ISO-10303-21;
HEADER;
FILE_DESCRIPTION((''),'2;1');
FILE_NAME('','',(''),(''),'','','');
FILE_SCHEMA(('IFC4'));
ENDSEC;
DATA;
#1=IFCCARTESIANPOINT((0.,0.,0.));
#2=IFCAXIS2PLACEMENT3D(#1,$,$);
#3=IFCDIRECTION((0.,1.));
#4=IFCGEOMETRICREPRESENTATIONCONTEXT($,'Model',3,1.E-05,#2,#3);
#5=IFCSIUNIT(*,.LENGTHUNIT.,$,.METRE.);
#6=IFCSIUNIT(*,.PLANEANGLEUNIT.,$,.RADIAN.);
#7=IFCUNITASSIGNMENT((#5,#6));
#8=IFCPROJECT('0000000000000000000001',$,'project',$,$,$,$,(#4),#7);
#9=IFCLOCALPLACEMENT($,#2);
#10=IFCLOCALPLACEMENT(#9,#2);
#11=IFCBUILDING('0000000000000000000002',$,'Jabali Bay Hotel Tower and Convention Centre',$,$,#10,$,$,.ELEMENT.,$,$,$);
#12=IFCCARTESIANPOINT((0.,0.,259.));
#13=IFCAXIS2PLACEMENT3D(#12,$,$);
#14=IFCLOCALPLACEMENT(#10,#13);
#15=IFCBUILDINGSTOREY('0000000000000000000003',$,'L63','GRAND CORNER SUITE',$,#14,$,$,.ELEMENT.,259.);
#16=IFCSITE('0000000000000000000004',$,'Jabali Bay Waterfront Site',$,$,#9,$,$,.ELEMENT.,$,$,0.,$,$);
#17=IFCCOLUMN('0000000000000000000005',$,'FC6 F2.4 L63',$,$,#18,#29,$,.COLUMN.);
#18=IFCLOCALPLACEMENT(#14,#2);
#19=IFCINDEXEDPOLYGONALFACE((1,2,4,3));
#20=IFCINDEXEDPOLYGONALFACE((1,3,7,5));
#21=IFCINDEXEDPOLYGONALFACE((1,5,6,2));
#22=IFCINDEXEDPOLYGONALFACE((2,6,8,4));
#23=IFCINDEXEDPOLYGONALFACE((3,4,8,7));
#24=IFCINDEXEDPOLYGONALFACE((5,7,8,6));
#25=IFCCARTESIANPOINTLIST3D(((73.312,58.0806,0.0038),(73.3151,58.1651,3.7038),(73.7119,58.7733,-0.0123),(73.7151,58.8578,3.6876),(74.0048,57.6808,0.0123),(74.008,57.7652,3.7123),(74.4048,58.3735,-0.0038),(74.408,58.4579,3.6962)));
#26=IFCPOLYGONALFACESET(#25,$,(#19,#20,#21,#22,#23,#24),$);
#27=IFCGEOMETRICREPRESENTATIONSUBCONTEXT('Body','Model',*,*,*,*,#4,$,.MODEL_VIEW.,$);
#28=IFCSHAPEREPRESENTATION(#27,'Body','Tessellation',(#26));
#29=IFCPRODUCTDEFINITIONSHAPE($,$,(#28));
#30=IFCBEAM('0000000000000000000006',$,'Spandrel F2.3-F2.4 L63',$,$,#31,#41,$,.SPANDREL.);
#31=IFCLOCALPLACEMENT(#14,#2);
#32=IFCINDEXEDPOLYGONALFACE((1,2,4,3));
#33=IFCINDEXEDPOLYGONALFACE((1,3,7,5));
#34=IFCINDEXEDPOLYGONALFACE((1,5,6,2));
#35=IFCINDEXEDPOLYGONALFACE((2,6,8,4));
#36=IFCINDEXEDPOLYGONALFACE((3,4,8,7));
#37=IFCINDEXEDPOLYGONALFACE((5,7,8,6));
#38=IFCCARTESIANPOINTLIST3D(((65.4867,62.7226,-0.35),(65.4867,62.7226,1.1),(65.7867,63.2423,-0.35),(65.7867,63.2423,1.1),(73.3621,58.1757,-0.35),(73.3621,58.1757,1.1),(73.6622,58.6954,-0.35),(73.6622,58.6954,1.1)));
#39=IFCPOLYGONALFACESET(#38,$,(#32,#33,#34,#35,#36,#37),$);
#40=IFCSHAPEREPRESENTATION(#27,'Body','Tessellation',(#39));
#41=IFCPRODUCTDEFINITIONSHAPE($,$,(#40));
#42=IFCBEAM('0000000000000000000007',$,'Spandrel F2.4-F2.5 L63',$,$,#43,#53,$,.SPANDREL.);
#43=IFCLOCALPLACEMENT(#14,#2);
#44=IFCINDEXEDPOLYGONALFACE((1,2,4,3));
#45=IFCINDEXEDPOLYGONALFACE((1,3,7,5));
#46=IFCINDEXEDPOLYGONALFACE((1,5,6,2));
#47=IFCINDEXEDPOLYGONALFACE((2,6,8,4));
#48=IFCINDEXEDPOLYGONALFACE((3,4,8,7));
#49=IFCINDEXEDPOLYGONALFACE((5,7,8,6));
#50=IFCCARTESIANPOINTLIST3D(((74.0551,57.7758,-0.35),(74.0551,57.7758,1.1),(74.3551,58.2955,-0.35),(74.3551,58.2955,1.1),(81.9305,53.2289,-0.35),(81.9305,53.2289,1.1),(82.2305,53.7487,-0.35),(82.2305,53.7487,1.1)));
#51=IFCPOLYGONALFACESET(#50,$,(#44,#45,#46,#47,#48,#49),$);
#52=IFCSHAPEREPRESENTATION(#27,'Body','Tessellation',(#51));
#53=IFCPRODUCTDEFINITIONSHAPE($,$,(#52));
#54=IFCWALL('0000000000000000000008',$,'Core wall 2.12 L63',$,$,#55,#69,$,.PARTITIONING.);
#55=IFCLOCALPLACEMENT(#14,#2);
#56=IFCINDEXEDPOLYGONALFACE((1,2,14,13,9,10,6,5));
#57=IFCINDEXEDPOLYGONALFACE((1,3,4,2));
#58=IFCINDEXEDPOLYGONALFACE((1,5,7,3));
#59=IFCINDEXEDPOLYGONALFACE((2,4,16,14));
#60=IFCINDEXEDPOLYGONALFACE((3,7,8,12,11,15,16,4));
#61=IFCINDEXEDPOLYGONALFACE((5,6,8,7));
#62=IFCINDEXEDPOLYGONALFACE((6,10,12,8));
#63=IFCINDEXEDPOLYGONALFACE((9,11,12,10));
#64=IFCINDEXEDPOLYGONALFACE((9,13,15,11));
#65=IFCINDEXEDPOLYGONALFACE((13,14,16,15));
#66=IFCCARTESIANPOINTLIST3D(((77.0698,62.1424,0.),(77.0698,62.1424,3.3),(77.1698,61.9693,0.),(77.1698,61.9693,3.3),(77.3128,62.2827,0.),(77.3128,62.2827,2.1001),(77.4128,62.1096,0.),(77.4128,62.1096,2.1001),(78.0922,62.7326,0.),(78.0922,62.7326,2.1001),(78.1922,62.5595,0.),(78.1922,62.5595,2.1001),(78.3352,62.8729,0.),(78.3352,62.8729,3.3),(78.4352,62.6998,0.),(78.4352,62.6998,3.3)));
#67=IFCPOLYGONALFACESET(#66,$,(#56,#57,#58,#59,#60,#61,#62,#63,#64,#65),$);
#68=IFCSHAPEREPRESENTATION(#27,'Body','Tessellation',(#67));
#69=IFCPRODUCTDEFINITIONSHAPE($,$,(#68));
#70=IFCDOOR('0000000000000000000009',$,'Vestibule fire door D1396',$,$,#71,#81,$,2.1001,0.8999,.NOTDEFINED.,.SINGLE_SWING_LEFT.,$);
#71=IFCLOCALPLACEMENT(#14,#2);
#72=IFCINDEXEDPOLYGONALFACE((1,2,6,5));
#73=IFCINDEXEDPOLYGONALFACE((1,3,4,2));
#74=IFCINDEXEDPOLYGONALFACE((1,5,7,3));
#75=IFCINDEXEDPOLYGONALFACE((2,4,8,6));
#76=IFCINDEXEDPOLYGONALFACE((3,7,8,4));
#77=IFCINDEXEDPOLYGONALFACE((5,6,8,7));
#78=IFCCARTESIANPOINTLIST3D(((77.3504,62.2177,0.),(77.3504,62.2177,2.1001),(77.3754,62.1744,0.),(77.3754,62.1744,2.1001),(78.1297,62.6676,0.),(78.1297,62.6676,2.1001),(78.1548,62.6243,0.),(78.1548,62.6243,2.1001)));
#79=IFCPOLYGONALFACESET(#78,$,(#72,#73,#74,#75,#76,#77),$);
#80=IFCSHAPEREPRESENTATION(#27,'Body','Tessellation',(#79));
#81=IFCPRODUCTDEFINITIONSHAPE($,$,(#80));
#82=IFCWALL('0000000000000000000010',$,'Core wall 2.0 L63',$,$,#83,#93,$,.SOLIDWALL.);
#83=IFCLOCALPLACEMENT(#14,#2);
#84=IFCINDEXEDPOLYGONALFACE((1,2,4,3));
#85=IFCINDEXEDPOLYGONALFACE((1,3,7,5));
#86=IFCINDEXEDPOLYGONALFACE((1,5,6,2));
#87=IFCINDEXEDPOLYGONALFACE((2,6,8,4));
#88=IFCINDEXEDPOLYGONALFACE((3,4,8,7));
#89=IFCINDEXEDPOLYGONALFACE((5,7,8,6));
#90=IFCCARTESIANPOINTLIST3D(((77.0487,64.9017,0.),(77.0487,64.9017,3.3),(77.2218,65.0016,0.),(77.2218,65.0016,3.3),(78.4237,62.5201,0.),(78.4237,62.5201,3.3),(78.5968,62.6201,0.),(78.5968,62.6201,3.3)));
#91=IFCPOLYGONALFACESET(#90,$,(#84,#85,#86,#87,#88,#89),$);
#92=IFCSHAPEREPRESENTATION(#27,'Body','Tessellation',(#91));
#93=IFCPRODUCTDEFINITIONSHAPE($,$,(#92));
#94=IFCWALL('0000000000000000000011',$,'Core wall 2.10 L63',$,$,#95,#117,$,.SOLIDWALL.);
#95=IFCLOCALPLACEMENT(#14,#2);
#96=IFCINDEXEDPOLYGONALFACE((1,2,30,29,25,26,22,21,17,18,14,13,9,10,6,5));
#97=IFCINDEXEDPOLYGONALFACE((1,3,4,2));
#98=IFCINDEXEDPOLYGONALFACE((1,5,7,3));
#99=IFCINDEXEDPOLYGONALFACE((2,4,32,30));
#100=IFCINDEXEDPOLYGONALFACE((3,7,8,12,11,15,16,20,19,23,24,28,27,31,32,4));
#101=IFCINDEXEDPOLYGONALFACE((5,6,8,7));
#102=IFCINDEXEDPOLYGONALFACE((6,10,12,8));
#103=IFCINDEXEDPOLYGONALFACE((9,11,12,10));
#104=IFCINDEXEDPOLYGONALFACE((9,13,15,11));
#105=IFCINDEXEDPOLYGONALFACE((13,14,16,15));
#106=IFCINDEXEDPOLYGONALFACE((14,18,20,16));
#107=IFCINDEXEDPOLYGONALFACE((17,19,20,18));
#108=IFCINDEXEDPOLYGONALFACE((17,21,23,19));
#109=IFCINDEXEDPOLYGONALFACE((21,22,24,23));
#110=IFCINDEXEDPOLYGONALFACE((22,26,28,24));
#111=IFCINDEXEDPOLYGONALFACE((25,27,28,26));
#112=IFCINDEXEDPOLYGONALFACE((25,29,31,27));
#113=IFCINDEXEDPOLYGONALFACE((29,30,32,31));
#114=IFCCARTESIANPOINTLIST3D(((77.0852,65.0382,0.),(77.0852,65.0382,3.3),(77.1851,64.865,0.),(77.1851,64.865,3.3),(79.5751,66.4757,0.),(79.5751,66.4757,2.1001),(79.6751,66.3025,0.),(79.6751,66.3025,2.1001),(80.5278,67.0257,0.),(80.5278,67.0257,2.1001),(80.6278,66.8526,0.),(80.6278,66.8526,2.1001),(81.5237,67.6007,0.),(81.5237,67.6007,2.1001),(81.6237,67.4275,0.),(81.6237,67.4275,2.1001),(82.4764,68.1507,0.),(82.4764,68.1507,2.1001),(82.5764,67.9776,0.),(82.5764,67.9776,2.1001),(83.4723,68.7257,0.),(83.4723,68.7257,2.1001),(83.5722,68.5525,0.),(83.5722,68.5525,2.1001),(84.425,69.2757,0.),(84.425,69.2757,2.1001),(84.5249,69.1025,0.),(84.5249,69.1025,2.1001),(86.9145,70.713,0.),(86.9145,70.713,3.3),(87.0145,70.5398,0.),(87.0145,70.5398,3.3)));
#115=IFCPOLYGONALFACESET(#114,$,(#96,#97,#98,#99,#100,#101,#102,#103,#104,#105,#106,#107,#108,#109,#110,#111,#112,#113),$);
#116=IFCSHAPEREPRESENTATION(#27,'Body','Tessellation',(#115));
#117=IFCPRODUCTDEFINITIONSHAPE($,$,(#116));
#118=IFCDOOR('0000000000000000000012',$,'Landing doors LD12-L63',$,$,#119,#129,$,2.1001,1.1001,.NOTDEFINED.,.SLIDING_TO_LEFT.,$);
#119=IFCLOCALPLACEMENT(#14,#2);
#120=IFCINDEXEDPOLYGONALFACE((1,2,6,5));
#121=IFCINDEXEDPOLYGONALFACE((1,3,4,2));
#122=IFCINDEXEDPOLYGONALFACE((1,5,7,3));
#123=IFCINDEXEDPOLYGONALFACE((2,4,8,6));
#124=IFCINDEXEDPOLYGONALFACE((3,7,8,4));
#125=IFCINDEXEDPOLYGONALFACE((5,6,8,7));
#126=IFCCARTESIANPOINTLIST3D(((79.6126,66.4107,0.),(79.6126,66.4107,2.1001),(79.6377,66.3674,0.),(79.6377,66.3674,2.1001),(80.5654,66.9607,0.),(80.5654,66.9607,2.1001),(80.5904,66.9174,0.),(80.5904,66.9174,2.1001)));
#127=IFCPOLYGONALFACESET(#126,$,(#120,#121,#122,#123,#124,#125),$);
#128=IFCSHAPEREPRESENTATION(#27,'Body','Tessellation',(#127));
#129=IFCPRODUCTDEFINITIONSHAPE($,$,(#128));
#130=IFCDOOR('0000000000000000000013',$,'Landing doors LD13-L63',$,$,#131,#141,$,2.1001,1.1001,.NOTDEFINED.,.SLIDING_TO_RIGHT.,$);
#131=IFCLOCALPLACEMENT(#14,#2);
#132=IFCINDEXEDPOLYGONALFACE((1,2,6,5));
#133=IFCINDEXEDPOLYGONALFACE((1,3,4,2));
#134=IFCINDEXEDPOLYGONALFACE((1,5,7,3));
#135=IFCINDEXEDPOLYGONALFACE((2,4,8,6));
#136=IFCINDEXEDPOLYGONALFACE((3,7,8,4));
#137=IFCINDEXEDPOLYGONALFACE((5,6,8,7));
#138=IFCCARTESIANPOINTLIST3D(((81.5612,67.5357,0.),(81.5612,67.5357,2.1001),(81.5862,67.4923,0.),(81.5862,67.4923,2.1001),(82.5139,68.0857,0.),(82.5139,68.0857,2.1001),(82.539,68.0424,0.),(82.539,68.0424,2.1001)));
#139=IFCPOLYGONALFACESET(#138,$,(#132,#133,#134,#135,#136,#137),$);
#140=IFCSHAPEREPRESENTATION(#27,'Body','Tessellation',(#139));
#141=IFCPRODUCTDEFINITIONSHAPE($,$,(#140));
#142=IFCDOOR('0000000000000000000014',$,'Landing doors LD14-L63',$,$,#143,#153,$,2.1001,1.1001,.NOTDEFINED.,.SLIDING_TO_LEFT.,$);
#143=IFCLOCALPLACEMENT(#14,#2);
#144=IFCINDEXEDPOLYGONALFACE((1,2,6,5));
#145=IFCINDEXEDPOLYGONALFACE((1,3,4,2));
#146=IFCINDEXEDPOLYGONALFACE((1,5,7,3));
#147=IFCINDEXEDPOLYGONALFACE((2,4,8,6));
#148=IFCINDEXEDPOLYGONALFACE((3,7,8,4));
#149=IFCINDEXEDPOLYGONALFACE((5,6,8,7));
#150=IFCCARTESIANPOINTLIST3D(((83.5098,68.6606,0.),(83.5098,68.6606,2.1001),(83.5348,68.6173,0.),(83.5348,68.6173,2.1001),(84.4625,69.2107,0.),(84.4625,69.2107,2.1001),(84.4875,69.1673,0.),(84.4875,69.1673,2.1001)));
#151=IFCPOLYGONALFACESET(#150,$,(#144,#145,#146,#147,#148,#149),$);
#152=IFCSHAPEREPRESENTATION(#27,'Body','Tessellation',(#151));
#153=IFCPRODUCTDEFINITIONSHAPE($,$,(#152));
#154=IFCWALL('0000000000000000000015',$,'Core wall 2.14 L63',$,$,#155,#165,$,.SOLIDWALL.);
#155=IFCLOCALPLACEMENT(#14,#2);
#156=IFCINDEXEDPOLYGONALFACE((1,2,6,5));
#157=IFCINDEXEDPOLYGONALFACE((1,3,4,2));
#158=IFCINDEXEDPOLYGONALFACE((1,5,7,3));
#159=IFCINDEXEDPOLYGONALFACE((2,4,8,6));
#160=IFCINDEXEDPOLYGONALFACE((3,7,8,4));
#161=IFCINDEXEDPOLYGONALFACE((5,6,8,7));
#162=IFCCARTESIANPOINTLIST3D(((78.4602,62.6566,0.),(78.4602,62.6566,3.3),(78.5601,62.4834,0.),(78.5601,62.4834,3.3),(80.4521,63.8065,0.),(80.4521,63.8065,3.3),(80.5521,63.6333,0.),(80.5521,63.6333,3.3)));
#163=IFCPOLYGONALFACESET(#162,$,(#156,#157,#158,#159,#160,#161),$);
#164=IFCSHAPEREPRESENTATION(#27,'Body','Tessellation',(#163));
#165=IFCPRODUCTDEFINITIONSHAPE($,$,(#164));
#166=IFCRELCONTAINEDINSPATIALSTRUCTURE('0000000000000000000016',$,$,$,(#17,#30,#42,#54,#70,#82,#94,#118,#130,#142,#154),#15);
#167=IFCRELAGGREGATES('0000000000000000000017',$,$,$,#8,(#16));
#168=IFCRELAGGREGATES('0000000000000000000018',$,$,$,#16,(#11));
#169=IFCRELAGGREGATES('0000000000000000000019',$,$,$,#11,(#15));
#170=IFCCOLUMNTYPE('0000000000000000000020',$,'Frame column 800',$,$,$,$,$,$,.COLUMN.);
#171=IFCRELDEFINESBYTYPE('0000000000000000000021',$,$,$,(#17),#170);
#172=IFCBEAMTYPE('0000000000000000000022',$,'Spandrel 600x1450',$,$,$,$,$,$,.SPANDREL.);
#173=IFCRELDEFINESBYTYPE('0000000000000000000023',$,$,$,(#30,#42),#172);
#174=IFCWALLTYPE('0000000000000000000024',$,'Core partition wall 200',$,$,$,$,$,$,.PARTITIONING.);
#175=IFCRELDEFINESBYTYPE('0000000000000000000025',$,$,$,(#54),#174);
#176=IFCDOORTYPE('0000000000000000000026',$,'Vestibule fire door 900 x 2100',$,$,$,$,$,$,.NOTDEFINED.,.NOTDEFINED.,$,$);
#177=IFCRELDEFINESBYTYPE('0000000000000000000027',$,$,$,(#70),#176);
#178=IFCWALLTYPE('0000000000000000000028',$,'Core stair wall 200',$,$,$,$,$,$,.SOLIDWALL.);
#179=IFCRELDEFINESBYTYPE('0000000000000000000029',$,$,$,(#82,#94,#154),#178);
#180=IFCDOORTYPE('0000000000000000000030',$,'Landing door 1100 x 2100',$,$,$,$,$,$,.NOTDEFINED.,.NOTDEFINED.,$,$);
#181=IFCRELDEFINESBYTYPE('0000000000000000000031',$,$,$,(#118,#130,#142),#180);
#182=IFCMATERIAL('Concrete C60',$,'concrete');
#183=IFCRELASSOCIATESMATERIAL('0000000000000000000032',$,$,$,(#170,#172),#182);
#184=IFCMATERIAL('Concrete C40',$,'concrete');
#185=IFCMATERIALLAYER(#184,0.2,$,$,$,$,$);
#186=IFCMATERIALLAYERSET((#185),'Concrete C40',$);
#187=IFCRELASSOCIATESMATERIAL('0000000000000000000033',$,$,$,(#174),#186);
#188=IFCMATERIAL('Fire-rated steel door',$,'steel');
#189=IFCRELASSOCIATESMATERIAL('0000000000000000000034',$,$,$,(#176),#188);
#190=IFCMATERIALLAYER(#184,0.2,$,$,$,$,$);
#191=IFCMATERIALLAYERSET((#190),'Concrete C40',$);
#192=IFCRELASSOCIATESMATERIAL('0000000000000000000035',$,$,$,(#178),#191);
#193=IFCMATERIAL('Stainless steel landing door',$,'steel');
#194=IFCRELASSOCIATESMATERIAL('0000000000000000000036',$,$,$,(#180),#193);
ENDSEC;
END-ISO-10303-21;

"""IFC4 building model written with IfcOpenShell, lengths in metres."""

from ifc_helpers import new_model, si_unit, direction, frame, frame_2d, origin, origin_2d, place, context, subcontext, project, spatial, rectangle, extrude, material, layer, layer_set, material_profile, profile_set, type_object, element, fill, save


model = new_model("IFC4")

# Units and contexts
model_context = context("Model", 3, precision=1e-05, world=origin(), true_north=direction((0.0, 1.0)))
body_context = subcontext(model_context, "Body", "Model", "MODEL_VIEW")
ifc_project = project(units=[si_unit("LENGTHUNIT", "METRE"), si_unit("PLANEANGLEUNIT", "RADIAN")], contexts=[model_context])

# Site, building, storey
site_placement = place(None, origin())
site = spatial("IfcSite", under=ifc_project, at=site_placement, Name="Jabali Bay Waterfront Site", CompositionType="ELEMENT", RefElevation=0.0)
building_placement = place(site_placement, origin())
building = spatial("IfcBuilding", under=site, at=building_placement, Name="Jabali Bay Hotel Tower and Convention Centre", CompositionType="ELEMENT")
storey_placement = place(building_placement, frame((0.0, 0.0, 259.0)))
storey = spatial("IfcBuildingStorey", under=building, at=storey_placement, Name="L63", Description="GRAND CORNER SUITE", CompositionType="ELEMENT", Elevation=259.0)

# Column
ifc_material_1 = material(Name="Concrete C60", Category="concrete")
ifc_material_profile_1 = material_profile(ifc_material_1, rectangle(XDim=0.8, YDim=0.8, at=origin_2d()), Name="Frame column 800")
ifc_profile_set_1 = profile_set([ifc_material_profile_1], Name="Concrete C60")
column_type = type_object("IfcColumnType", Name="Frame column 800", PredefinedType="COLUMN", material=ifc_profile_set_1)
column_placement = place(storey_placement, frame((73.8584, 58.2271, 0.0), z_axis=(0.000858, 0.022825, 0.999739), x_axis=(-0.49995, -0.865819, 0.020196)))
element("IfcColumn", 1, at=column_placement, inside=storey, type_object=column_type, Name="FC6 F2.4 L63", PredefinedType="COLUMN", context=body_context, shape_type="SweptSolid", body=[
    extrude(rectangle(XDim=0.8, YDim=0.8, at=origin_2d()), origin(), (0.0, 0.0, 1.0), 3.7009),
])

# Beams
ifc_material_profile_2 = material_profile(ifc_material_1, rectangle(XDim=0.6001, YDim=1.45, at=origin_2d()), Name="Spandrel 600x1450")
ifc_profile_set_2 = profile_set([ifc_material_profile_2], Name="Concrete C60")
beam_type = type_object("IfcBeamType", Name="Spandrel 600x1450", PredefinedType="SPANDREL", material=ifc_profile_set_2)
for number, where, z_axis, x_axis, name in (
    (2, (65.6367, 62.9824, 0.375), (0.866027, -0.499997, 0.0), (0.499997, 0.866027, 0.0), "Spandrel F2.3-F2.4 L63"),
    (3, (74.2051, 58.0356, 0.375), (0.866027, -0.499997, 0.0), (0.499997, 0.866027, 0.0), "Spandrel F2.4-F2.5 L63"),
):
    element("IfcBeam", number, at=place(storey_placement, frame(where, z_axis=z_axis, x_axis=x_axis)), inside=storey, type_object=beam_type, Name=name, PredefinedType="SPANDREL", context=body_context, shape_type="SweptSolid", body=[
        extrude(rectangle(XDim=0.6001, YDim=1.45, at=origin_2d()), origin(), (0.0, 0.0, 1.0), 9.0938),
    ])

# Wall, opening, door
ifc_material_2 = material(Name="Concrete C40", Category="concrete")
ifc_layer_1 = layer(ifc_material_2, 0.2)
ifc_layer_set_1 = layer_set([ifc_layer_1], Name="Concrete C40")
wall_type_1 = type_object("IfcWallType", Name="Core partition wall 200", PredefinedType="PARTITIONING", material=ifc_layer_set_1)
wall_1_placement = place(storey_placement, frame((77.1199, 62.0559, 0.0), z_axis=(0.0, 0.0, 1.0), x_axis=(0.866055, 0.499949, 0.0)))
wall_1 = element("IfcWall", 4, at=wall_1_placement, inside=storey, type_object=wall_type_1, Name="Core wall 2.12 L63", PredefinedType="PARTITIONING", context=body_context, shape_type="SweptSolid", body=[
    extrude(rectangle(XDim=1.4612, YDim=0.2, at=frame_2d((0.7305, 0.0))), origin(), (0.0, 0.0, 1.0), 3.3),
])
opening_1_placement = place(wall_1_placement, frame((0.2805, 0.0, 0.0)))
opening_1 = element("IfcOpeningElement", 5, at=opening_1_placement, cuts=wall_1, PredefinedType="OPENING", context=body_context, shape_type="SweptSolid", body=[
    extrude(rectangle(XDim=0.8999, YDim=2.1001, at=frame_2d((0.45, 1.05))), frame((0.0, 0.1104, 0.0), z_axis=(0.0, -1.0, 0.0), x_axis=(1.0, 0.0, 0.0)), (0.0, 0.0, 1.0), 0.2209),
])
ifc_material_3 = material(Name="Fire-rated steel door", Category="steel")
door_type_1 = type_object("IfcDoorType", Name="Vestibule fire door 900 x 2100", OperationType="NOTDEFINED", PredefinedType="NOTDEFINED", material=ifc_material_3)
door_1_placement = place(opening_1_placement, origin())
door_1 = element("IfcDoor", 6, at=door_1_placement, inside=storey, type_object=door_type_1, Name="Vestibule fire door D1396", OperationType="SINGLE_SWING_LEFT", OverallHeight=2.1001, OverallWidth=0.8999, PredefinedType="NOTDEFINED", context=body_context, shape_type="SweptSolid", body=[
    extrude(rectangle(XDim=0.8999, YDim=2.1001, at=frame_2d((0.45, 1.05))), frame((0.0, 0.0249, 0.0), z_axis=(0.0, -1.0, 0.0), x_axis=(1.0, 0.0, 0.0)), (0.0, 0.0, 1.0), 0.05),
])
fill(opening_1, door_1)

# Wall
ifc_layer_2 = layer(ifc_material_2, 0.2)
ifc_layer_set_2 = layer_set([ifc_layer_2], Name="Concrete C40")
wall_type_2 = type_object("IfcWallType", Name="Core stair wall 200", PredefinedType="SOLIDWALL", material=ifc_layer_set_2)
wall_2_placement = place(storey_placement, frame((77.1353, 64.9517, 0.0), z_axis=(0.0, 0.0, 1.0), x_axis=(0.499997, -0.866027, 0.0)))
element("IfcWall", 7, at=wall_2_placement, inside=storey, type_object=wall_type_2, Name="Core wall 2.0 L63", PredefinedType="SOLIDWALL", context=body_context, shape_type="SweptSolid", body=[
    extrude(rectangle(XDim=2.75, YDim=0.2, at=frame_2d((1.375, 0.0))), origin(), (0.0, 0.0, 1.0), 3.3),
])

# Wall, openings, doors
wall_3_placement = place(storey_placement, frame((77.1353, 64.9517, 0.0), z_axis=(0.0, 0.0, 1.0), x_axis=(0.866032, 0.499989, 0.0)))
wall_3 = element("IfcWall", 8, at=wall_3_placement, inside=storey, type_object=wall_type_2, Name="Core wall 2.10 L63", PredefinedType="SOLIDWALL", context=body_context, shape_type="SweptSolid", body=[
    extrude(rectangle(XDim=11.3499, YDim=0.2, at=frame_2d((5.6748, 0.0))), origin(), (0.0, 0.0, 1.0), 3.3),
])
opening_2_placement = place(wall_3_placement, frame((2.875, 0.0, 0.0)))
opening_2 = element("IfcOpeningElement", 9, at=opening_2_placement, cuts=wall_3, PredefinedType="OPENING", context=body_context, shape_type="SweptSolid", body=[
    extrude(rectangle(XDim=1.1001, YDim=2.1001, at=frame_2d((0.55, 1.05))), frame((0.0, 0.1104, 0.0), z_axis=(0.0, -1.0, 0.0), x_axis=(1.0, 0.0, 0.0)), (0.0, 0.0, 1.0), 0.2209),
])
opening_3_placement = place(wall_3_placement, frame((5.125, 0.0, 0.0)))
opening_3 = element("IfcOpeningElement", 10, at=opening_3_placement, cuts=wall_3, PredefinedType="OPENING", context=body_context, shape_type="SweptSolid", body=[
    extrude(rectangle(XDim=1.1001, YDim=2.1001, at=frame_2d((0.55, 1.05))), frame((0.0, 0.1104, 0.0), z_axis=(0.0, -1.0, 0.0), x_axis=(1.0, 0.0, 0.0)), (0.0, 0.0, 1.0), 0.2209),
])
opening_4_placement = place(wall_3_placement, frame((7.375, 0.0, 0.0)))
opening_4 = element("IfcOpeningElement", 11, at=opening_4_placement, cuts=wall_3, PredefinedType="OPENING", context=body_context, shape_type="SweptSolid", body=[
    extrude(rectangle(XDim=1.1001, YDim=2.1001, at=frame_2d((0.55, 1.05))), frame((0.0, 0.1104, 0.0), z_axis=(0.0, -1.0, 0.0), x_axis=(1.0, 0.0, 0.0)), (0.0, 0.0, 1.0), 0.2209),
])
ifc_material_4 = material(Name="Stainless steel landing door", Category="steel")
door_type_2 = type_object("IfcDoorType", Name="Landing door 1100 x 2100", OperationType="NOTDEFINED", PredefinedType="NOTDEFINED", material=ifc_material_4)
door_2_placement = place(opening_2_placement, origin())
door_2 = element("IfcDoor", 12, at=door_2_placement, inside=storey, type_object=door_type_2, Name="Landing doors LD12-L63", OperationType="SLIDING_TO_LEFT", OverallHeight=2.1001, OverallWidth=1.1001, PredefinedType="NOTDEFINED", context=body_context, shape_type="SweptSolid", body=[
    extrude(rectangle(XDim=1.1001, YDim=2.1001, at=frame_2d((0.55, 1.05))), frame((0.0, 0.0249, 0.0), z_axis=(0.0, -1.0, 0.0), x_axis=(1.0, 0.0, 0.0)), (0.0, 0.0, 1.0), 0.05),
])
fill(opening_2, door_2)
door_3_placement = place(opening_3_placement, origin())
door_3 = element("IfcDoor", 13, at=door_3_placement, inside=storey, type_object=door_type_2, Name="Landing doors LD13-L63", OperationType="SLIDING_TO_RIGHT", OverallHeight=2.1001, OverallWidth=1.1001, PredefinedType="NOTDEFINED", context=body_context, shape_type="SweptSolid", body=[
    extrude(rectangle(XDim=1.1001, YDim=2.1001, at=frame_2d((0.55, 1.05))), frame((0.0, 0.0249, 0.0), z_axis=(0.0, -1.0, 0.0), x_axis=(1.0, 0.0, 0.0)), (0.0, 0.0, 1.0), 0.05),
])
fill(opening_3, door_3)
door_4_placement = place(opening_4_placement, origin())
door_4 = element("IfcDoor", 14, at=door_4_placement, inside=storey, type_object=door_type_2, Name="Landing doors LD14-L63", OperationType="SLIDING_TO_LEFT", OverallHeight=2.1001, OverallWidth=1.1001, PredefinedType="NOTDEFINED", context=body_context, shape_type="SweptSolid", body=[
    extrude(rectangle(XDim=1.1001, YDim=2.1001, at=frame_2d((0.55, 1.05))), frame((0.0, 0.0249, 0.0), z_axis=(0.0, -1.0, 0.0), x_axis=(1.0, 0.0, 0.0)), (0.0, 0.0, 1.0), 0.05),
])
fill(opening_4, door_4)

# Wall
wall_4_placement = place(storey_placement, frame((78.5103, 62.5701, 0.0), z_axis=(0.0, 0.0, 1.0), x_axis=(0.866053, 0.499952, 0.0)))
element("IfcWall", 15, at=wall_4_placement, inside=storey, type_object=wall_type_2, Name="Core wall 2.14 L63", PredefinedType="SOLIDWALL", context=body_context, shape_type="SweptSolid", body=[
    extrude(rectangle(XDim=2.3, YDim=0.2, at=frame_2d((1.1499, 0.0))), origin(), (0.0, 0.0, 1.0), 3.3),
])

save(model, "model.ifc")
